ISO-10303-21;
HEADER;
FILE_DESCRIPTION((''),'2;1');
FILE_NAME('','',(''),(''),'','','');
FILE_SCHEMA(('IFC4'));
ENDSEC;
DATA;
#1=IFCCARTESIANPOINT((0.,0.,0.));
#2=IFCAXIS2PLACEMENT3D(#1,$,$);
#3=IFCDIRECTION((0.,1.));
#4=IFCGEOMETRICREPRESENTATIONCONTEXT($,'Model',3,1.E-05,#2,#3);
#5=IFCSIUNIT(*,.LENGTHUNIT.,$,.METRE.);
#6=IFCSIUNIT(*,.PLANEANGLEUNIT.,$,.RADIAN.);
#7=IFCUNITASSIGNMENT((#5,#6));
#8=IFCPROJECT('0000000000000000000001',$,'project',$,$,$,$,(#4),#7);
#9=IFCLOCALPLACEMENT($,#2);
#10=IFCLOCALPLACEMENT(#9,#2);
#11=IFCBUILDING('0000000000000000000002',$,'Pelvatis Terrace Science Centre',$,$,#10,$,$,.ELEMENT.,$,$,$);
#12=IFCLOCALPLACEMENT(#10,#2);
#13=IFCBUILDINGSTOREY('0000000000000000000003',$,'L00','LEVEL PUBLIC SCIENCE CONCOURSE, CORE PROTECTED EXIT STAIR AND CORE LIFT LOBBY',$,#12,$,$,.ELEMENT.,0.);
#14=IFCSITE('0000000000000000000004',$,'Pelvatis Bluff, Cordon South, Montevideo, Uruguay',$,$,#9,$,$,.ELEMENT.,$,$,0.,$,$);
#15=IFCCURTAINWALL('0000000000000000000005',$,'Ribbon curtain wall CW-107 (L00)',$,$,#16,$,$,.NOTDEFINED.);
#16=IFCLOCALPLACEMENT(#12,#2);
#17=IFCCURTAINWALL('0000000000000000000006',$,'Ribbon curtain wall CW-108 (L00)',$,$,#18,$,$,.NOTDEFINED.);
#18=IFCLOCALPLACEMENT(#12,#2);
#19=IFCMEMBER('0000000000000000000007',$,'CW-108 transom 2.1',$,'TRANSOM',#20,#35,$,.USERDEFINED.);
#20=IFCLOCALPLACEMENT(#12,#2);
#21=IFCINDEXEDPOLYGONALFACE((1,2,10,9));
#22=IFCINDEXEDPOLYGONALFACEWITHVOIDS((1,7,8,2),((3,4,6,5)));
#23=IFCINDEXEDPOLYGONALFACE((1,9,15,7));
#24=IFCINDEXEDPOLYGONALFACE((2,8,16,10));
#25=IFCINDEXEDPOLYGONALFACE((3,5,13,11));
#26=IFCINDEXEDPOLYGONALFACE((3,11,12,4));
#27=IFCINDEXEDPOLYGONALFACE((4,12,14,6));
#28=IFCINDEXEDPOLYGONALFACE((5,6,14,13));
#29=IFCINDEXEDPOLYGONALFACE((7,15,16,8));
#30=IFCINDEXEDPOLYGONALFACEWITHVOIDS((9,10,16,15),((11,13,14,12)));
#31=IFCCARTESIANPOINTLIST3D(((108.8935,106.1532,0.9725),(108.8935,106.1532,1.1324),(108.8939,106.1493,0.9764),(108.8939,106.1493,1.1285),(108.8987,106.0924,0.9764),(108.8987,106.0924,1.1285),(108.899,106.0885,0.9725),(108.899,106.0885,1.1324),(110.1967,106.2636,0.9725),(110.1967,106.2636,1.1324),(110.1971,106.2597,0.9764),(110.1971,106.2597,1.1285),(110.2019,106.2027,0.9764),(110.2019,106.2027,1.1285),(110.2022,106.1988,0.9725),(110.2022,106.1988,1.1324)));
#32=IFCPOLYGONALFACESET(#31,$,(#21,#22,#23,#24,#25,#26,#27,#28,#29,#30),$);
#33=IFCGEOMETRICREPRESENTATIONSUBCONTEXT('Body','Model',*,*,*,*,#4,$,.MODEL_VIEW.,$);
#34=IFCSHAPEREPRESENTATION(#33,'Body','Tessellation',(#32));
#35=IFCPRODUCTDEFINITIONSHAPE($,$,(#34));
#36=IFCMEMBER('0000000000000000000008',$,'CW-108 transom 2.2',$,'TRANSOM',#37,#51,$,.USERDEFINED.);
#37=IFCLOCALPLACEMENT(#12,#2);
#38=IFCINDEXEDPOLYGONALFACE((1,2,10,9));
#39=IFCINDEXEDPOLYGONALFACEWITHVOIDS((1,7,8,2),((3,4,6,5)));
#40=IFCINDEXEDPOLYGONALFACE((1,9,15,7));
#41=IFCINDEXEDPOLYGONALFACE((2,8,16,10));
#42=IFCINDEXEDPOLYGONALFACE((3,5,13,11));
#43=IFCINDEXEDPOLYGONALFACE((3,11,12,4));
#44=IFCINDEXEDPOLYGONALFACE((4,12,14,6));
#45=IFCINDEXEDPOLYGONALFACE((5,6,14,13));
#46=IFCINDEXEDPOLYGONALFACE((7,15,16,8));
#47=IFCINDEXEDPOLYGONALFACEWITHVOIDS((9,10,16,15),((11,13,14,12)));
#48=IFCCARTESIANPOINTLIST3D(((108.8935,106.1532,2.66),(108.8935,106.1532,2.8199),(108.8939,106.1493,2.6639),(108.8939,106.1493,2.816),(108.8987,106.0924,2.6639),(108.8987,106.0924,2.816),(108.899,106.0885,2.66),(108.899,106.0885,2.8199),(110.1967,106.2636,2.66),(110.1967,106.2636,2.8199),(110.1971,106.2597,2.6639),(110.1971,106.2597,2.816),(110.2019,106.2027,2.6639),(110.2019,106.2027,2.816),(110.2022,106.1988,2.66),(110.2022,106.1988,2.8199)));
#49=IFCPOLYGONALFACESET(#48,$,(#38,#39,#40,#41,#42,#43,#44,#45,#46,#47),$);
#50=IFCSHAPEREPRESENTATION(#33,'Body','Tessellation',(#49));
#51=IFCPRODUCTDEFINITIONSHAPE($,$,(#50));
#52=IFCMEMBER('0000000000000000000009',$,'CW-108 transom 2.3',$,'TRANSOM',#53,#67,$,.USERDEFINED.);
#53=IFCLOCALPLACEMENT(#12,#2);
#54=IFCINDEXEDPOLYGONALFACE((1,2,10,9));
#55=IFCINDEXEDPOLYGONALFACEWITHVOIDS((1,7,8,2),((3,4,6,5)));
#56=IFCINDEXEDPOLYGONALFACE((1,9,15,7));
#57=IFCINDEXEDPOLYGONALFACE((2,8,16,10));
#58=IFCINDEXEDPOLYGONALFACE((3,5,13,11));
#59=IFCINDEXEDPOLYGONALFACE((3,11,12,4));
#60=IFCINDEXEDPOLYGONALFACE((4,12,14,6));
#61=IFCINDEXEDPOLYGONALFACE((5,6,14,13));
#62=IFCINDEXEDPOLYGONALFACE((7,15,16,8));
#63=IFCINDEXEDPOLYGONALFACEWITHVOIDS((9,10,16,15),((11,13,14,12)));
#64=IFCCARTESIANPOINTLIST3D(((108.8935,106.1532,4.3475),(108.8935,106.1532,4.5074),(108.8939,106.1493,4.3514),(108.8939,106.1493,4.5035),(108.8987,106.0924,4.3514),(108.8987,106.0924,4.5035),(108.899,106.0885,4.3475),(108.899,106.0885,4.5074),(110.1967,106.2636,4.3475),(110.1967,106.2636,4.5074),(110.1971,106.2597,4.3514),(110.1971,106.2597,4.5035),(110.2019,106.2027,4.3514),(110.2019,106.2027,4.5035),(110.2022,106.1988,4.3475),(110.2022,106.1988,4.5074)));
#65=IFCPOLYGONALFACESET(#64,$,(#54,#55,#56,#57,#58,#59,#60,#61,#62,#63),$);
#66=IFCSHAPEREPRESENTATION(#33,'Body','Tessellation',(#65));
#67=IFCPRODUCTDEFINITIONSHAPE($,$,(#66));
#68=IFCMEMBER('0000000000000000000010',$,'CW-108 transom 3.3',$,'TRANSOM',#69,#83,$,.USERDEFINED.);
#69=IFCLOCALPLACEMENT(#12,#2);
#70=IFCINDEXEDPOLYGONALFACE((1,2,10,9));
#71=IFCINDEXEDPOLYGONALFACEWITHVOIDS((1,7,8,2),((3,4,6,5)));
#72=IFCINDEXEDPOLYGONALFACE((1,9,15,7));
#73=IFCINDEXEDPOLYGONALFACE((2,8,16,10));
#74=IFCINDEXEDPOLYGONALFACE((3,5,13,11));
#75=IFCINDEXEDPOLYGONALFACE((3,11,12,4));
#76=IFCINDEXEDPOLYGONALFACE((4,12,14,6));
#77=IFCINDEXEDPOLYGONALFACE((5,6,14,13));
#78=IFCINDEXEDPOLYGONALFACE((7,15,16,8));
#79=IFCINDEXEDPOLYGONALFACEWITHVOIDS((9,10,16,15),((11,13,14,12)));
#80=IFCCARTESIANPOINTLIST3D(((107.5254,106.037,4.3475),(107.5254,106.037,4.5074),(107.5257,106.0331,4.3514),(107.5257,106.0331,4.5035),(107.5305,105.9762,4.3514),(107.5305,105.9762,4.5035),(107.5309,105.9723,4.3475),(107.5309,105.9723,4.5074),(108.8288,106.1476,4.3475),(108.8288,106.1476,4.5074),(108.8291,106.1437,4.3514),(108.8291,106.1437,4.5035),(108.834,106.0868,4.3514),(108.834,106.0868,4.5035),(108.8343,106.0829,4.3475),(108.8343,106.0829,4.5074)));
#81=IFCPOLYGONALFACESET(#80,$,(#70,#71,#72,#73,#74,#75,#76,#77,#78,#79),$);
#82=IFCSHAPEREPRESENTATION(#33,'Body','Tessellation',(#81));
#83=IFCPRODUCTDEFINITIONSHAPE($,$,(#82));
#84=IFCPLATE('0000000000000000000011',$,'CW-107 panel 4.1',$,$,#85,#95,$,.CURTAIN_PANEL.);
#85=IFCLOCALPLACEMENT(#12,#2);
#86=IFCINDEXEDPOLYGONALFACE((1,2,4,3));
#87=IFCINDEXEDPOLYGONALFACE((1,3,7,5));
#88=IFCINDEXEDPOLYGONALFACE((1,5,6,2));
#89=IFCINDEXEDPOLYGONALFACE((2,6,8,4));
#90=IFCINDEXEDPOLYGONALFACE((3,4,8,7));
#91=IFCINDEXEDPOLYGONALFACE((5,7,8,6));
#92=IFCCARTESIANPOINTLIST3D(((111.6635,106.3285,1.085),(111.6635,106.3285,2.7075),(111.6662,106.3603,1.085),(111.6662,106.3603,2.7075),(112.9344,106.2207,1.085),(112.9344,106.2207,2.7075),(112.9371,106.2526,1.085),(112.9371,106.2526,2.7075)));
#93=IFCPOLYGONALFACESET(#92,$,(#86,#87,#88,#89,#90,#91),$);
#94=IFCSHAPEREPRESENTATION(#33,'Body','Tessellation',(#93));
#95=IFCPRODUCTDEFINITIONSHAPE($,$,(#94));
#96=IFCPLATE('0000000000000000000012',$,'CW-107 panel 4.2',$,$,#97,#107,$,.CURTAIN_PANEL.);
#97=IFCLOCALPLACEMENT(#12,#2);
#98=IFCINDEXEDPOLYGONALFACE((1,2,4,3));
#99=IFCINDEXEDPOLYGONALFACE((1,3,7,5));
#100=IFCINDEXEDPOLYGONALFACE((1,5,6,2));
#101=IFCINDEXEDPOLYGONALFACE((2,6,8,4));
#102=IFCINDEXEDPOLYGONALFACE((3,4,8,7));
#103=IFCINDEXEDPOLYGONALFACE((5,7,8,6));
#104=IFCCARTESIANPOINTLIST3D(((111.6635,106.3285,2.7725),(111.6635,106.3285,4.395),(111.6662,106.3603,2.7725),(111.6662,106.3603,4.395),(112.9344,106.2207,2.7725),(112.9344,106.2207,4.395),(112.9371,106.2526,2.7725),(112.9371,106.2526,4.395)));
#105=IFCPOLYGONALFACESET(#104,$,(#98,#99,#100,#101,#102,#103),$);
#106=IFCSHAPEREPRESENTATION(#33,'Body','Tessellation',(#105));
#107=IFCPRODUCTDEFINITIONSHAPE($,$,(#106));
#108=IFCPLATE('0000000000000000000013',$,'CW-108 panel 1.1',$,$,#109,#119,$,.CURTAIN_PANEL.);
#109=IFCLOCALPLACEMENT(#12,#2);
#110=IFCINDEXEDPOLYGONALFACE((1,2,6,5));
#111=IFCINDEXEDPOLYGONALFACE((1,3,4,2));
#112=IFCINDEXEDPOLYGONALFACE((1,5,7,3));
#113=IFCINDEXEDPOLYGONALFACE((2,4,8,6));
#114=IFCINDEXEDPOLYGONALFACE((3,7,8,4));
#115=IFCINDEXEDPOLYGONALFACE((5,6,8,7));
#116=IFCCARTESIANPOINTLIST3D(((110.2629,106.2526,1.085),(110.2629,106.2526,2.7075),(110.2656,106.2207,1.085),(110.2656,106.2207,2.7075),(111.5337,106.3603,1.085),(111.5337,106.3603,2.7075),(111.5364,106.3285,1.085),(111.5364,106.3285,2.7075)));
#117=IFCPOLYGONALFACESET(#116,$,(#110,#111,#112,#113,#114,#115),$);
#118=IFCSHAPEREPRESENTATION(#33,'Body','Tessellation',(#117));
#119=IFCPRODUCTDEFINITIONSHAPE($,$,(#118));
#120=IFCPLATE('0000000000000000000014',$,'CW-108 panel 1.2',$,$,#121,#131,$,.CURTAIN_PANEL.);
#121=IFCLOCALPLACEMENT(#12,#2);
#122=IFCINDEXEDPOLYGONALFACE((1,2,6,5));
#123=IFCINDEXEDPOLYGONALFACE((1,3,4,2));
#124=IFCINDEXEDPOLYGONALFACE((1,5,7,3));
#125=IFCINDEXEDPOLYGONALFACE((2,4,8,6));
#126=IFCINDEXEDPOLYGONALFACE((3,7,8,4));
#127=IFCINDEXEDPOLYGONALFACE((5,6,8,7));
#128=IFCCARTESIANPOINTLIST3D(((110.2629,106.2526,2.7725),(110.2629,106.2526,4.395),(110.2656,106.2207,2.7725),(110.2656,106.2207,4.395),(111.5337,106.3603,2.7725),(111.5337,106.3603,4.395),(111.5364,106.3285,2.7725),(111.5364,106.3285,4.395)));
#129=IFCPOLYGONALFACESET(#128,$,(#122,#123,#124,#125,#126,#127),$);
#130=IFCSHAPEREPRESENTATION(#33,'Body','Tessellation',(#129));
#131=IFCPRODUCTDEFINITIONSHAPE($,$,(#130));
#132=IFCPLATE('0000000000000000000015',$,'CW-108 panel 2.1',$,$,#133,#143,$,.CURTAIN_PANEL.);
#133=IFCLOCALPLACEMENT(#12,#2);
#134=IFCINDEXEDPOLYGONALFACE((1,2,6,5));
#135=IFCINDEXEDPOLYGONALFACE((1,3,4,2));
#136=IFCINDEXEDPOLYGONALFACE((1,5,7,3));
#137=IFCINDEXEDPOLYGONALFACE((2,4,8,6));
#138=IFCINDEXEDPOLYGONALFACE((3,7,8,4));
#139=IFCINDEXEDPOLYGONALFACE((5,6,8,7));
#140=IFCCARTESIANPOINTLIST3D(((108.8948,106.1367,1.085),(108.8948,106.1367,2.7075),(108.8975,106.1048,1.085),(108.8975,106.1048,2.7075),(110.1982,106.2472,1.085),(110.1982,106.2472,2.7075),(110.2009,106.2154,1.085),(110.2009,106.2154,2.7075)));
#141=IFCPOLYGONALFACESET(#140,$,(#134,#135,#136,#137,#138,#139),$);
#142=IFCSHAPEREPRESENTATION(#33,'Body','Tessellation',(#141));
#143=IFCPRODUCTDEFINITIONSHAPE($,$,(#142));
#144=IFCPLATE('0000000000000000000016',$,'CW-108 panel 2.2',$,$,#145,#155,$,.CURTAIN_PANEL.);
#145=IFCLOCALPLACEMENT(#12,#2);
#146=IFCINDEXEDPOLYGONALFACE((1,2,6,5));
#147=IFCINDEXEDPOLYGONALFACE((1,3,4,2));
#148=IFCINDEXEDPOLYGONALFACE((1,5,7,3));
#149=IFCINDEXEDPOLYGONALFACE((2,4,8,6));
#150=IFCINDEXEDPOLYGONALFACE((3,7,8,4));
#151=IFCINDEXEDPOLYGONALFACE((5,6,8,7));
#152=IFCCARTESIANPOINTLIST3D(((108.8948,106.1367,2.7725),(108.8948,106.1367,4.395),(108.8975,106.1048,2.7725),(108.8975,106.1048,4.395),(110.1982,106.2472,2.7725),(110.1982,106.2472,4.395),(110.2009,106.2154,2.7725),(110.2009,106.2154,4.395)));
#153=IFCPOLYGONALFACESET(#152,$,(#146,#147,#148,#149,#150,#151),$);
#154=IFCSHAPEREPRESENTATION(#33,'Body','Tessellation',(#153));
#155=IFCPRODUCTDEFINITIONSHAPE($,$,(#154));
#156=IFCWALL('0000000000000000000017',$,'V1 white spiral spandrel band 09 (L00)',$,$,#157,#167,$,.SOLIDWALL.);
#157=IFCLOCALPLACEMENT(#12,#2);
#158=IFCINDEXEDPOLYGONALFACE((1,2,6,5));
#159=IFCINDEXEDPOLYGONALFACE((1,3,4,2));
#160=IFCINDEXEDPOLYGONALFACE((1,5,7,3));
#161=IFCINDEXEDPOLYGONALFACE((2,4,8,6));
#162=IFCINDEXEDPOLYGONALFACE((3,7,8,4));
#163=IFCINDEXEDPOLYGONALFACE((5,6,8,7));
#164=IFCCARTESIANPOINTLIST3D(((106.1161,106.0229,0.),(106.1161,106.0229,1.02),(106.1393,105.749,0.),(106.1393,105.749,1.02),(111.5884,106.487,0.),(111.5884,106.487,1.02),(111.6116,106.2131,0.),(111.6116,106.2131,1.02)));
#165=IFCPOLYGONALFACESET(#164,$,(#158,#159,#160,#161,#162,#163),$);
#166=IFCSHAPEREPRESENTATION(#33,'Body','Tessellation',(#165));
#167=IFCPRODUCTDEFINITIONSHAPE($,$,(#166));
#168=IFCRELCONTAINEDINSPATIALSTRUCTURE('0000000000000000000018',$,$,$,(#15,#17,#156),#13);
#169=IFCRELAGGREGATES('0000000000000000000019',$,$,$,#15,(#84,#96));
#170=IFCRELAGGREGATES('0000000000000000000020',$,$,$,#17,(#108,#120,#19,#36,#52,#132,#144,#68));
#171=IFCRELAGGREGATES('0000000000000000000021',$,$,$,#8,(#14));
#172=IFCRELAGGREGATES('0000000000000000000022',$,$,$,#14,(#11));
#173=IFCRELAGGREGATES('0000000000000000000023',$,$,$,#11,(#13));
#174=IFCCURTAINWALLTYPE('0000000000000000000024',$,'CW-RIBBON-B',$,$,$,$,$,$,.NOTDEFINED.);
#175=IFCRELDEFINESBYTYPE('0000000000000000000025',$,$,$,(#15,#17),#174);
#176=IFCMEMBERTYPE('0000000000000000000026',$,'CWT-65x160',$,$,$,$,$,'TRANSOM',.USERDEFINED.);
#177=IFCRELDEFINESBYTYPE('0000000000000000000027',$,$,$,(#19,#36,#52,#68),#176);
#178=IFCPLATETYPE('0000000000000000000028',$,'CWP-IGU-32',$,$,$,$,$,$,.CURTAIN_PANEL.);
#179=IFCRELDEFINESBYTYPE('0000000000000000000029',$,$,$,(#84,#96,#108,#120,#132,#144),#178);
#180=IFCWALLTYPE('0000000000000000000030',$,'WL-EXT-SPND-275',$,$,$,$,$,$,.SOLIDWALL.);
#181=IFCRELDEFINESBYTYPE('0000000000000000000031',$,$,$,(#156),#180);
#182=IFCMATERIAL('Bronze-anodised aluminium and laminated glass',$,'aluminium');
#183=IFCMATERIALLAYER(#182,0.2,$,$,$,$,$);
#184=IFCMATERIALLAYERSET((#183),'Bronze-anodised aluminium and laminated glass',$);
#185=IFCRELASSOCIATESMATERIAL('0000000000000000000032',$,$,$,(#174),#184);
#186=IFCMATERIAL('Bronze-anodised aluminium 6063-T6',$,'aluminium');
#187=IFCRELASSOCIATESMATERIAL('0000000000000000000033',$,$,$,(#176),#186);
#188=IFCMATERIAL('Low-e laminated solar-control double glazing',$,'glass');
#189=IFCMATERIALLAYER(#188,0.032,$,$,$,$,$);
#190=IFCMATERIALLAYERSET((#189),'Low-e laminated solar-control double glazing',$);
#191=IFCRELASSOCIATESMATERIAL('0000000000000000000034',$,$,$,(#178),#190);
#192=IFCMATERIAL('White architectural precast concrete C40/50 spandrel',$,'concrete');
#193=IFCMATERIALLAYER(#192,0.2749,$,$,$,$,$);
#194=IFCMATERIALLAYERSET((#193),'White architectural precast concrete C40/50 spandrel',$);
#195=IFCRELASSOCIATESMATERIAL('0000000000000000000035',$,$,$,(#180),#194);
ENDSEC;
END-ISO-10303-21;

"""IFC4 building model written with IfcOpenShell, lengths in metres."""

from ifc_helpers import new_model, si_unit, direction, frame, frame_2d, origin, origin_2d, place, context, subcontext, project, spatial, rectangle, hollow_rectangle, extrude, material, layer, layer_set, material_profile, profile_set, type_object, element, aggregate, save


model = new_model("IFC4")

# Units and contexts
model_context = context("Model", 3, precision=1e-05, world=origin(), true_north=direction((0.0, 1.0)))
body_context = subcontext(model_context, "Body", "Model", "MODEL_VIEW")
ifc_project = project(units=[si_unit("LENGTHUNIT", "METRE"), si_unit("PLANEANGLEUNIT", "RADIAN")], contexts=[model_context])

# Site, building, storey
site_placement = place(None, origin())
site = spatial("IfcSite", under=ifc_project, at=site_placement, Name="Pelvatis Bluff, Cordon South, Montevideo, Uruguay", CompositionType="ELEMENT", RefElevation=0.0)
building_placement = place(site_placement, origin())
building = spatial("IfcBuilding", under=site, at=building_placement, Name="Pelvatis Terrace Science Centre", CompositionType="ELEMENT")
storey_placement = place(building_placement, origin())
storey = spatial("IfcBuildingStorey", under=building, at=storey_placement, Name="L00", Description="LEVEL PUBLIC SCIENCE CONCOURSE, CORE PROTECTED EXIT STAIR AND CORE LIFT LOBBY", CompositionType="ELEMENT", Elevation=0.0)

# Curtain wall
ifc_material_1 = material(Name="Bronze-anodised aluminium and laminated glass", Category="aluminium")
ifc_layer_1 = layer(ifc_material_1, 0.2)
ifc_layer_set_1 = layer_set([ifc_layer_1], Name="Bronze-anodised aluminium and laminated glass")
curtain_wall_type = type_object("IfcCurtainWallType", Name="CW-RIBBON-B", PredefinedType="NOTDEFINED", material=ifc_layer_set_1)
curtain_wall_1_placement = place(storey_placement, origin())
curtain_wall_1 = element("IfcCurtainWall", 1, at=curtain_wall_1_placement, inside=storey, type_object=curtain_wall_type, Name="Ribbon curtain wall CW-107 (L00)", PredefinedType="NOTDEFINED")

# Curtain wall
curtain_wall_2_placement = place(storey_placement, origin())
curtain_wall_2 = element("IfcCurtainWall", 2, at=curtain_wall_2_placement, inside=storey, type_object=curtain_wall_type, Name="Ribbon curtain wall CW-108 (L00)", PredefinedType="NOTDEFINED")

# Members
ifc_material_2 = material(Name="Bronze-anodised aluminium 6063-T6", Category="aluminium")
ifc_material_profile_1 = material_profile(ifc_material_2, hollow_rectangle(XDim=0.0649, YDim=0.1599, WallThickness=0.0039, at=origin_2d()), Name="ALU-TRN 65x160")
ifc_profile_set_1 = profile_set([ifc_material_profile_1], Name="Bronze-anodised aluminium 6063-T6")
member_type_1 = type_object("IfcMemberType", Name="CWT-65x160", ElementType="TRANSOM", PredefinedType="USERDEFINED", material=ifc_profile_set_1)
member_1_placement = place(storey_placement, frame((110.1995, 106.2312, 1.0525), z_axis=(-0.996434, -0.084374, 0.0), x_axis=(0.084374, -0.996434, 0.0)))
member_1 = element("IfcMember", 3, at=member_1_placement, type_object=member_type_1, Name="CW-108 transom 2.1", ObjectType="TRANSOM", PredefinedType="USERDEFINED", context=body_context, shape_type="SweptSolid", body=[
    extrude(hollow_rectangle(XDim=0.0649, YDim=0.1599, WallThickness=0.0039, at=origin_2d()), origin(), (0.0, 0.0, 1.0), 1.3079),
])
member_2_placement = place(storey_placement, frame((110.1995, 106.2312, 2.74), z_axis=(-0.996434, -0.084374, 0.0), x_axis=(0.084374, -0.996434, 0.0)))
member_2 = element("IfcMember", 4, at=member_2_placement, type_object=member_type_1, Name="CW-108 transom 2.2", ObjectType="TRANSOM", PredefinedType="USERDEFINED", context=body_context, shape_type="SweptSolid", body=[
    extrude(hollow_rectangle(XDim=0.0649, YDim=0.1599, WallThickness=0.0039, at=origin_2d()), origin(), (0.0, 0.0, 1.0), 1.3079),
])
member_3_placement = place(storey_placement, frame((110.1995, 106.2312, 4.4275), z_axis=(-0.996434, -0.084374, 0.0), x_axis=(0.084374, -0.996434, 0.0)))
member_3 = element("IfcMember", 5, at=member_3_placement, type_object=member_type_1, Name="CW-108 transom 2.3", ObjectType="TRANSOM", PredefinedType="USERDEFINED", context=body_context, shape_type="SweptSolid", body=[
    extrude(hollow_rectangle(XDim=0.0649, YDim=0.1599, WallThickness=0.0039, at=origin_2d()), origin(), (0.0, 0.0, 1.0), 1.3079),
])
member_4_placement = place(storey_placement, frame((108.8315, 106.1152, 4.4275), z_axis=(-0.99642, -0.084544, 0.0), x_axis=(0.084544, -0.99642, 0.0)))
member_4 = element("IfcMember", 6, at=member_4_placement, type_object=member_type_1, Name="CW-108 transom 3.3", ObjectType="TRANSOM", PredefinedType="USERDEFINED", context=body_context, shape_type="SweptSolid", body=[
    extrude(hollow_rectangle(XDim=0.0649, YDim=0.1599, WallThickness=0.0039, at=origin_2d()), origin(), (0.0, 0.0, 1.0), 1.3081),
])

# Plates
ifc_material_3 = material(Name="Low-e laminated solar-control double glazing", Category="glass")
ifc_layer_2 = layer(ifc_material_3, 0.032)
ifc_layer_set_2 = layer_set([ifc_layer_2], Name="Low-e laminated solar-control double glazing")
plate_type = type_object("IfcPlateType", Name="CWP-IGU-32", PredefinedType="CURTAIN_PANEL", material=ifc_layer_set_2)
plate_1_placement = place(storey_placement, frame((112.3003, 106.2905, 1.085), z_axis=(0.0, 0.0, 1.0), x_axis=(-0.996425, 0.084488, 0.0)))
plate_1 = element("IfcPlate", 7, at=plate_1_placement, type_object=plate_type, Name="CW-107 panel 4.1", PredefinedType="CURTAIN_PANEL", context=body_context, shape_type="SweptSolid", body=[
    extrude(rectangle(XDim=1.2754, YDim=0.032, at=origin_2d()), origin(), (0.0, 0.0, 1.0), 1.6226),
])
plate_2_placement = place(storey_placement, frame((112.3003, 106.2905, 2.7725), z_axis=(0.0, 0.0, 1.0), x_axis=(-0.996425, 0.084488, 0.0)))
plate_2 = element("IfcPlate", 8, at=plate_2_placement, type_object=plate_type, Name="CW-107 panel 4.2", PredefinedType="CURTAIN_PANEL", context=body_context, shape_type="SweptSolid", body=[
    extrude(rectangle(XDim=1.2754, YDim=0.032, at=origin_2d()), origin(), (0.0, 0.0, 1.0), 1.6226),
])
aggregate(curtain_wall_1, [plate_1, plate_2])
plate_3_placement = place(storey_placement, frame((110.8997, 106.2905, 1.085), z_axis=(0.0, 0.0, 1.0), x_axis=(-0.996425, -0.084488, 0.0)))
plate_3 = element("IfcPlate", 9, at=plate_3_placement, type_object=plate_type, Name="CW-108 panel 1.1", PredefinedType="CURTAIN_PANEL", context=body_context, shape_type="SweptSolid", body=[
    extrude(rectangle(XDim=1.2754, YDim=0.032, at=origin_2d()), origin(), (0.0, 0.0, 1.0), 1.6226),
])
plate_4_placement = place(storey_placement, frame((110.8997, 106.2905, 2.7725), z_axis=(0.0, 0.0, 1.0), x_axis=(-0.996425, -0.084488, 0.0)))
plate_4 = element("IfcPlate", 10, at=plate_4_placement, type_object=plate_type, Name="CW-108 panel 1.2", PredefinedType="CURTAIN_PANEL", context=body_context, shape_type="SweptSolid", body=[
    extrude(rectangle(XDim=1.2754, YDim=0.032, at=origin_2d()), origin(), (0.0, 0.0, 1.0), 1.6226),
])
plate_5_placement = place(storey_placement, frame((109.5479, 106.176, 1.085), z_axis=(0.0, 0.0, 1.0), x_axis=(-0.996425, -0.084488, 0.0)))
plate_5 = element("IfcPlate", 11, at=plate_5_placement, type_object=plate_type, Name="CW-108 panel 2.1", PredefinedType="CURTAIN_PANEL", context=body_context, shape_type="SweptSolid", body=[
    extrude(rectangle(XDim=1.3081, YDim=0.032, at=origin_2d()), origin(), (0.0, 0.0, 1.0), 1.6226),
])
plate_6_placement = place(storey_placement, frame((109.5479, 106.176, 2.7725), z_axis=(0.0, 0.0, 1.0), x_axis=(-0.996425, -0.084488, 0.0)))
plate_6 = element("IfcPlate", 12, at=plate_6_placement, type_object=plate_type, Name="CW-108 panel 2.2", PredefinedType="CURTAIN_PANEL", context=body_context, shape_type="SweptSolid", body=[
    extrude(rectangle(XDim=1.3081, YDim=0.032, at=origin_2d()), origin(), (0.0, 0.0, 1.0), 1.6226),
])
aggregate(curtain_wall_2, [plate_3, plate_4, member_1, member_2, member_3, plate_5, plate_6, member_4])

# Wall
ifc_material_4 = material(Name="White architectural precast concrete C40/50 spandrel", Category="concrete")
ifc_layer_3 = layer(ifc_material_4, 0.2749)
ifc_layer_set_3 = layer_set([ifc_layer_3], Name="White architectural precast concrete C40/50 spandrel")
wall_type = type_object("IfcWallType", Name="WL-EXT-SPND-275", PredefinedType="SOLIDWALL", material=ifc_layer_set_3)
wall_placement = place(storey_placement, frame((111.6001, 106.3501, 0.0), z_axis=(0.0, 0.0, 1.0), x_axis=(-0.996423, -0.084506, 0.0)))
element("IfcWall", 13, at=wall_placement, inside=storey, type_object=wall_type, Name="V1 white spiral spandrel band 09 (L00)", PredefinedType="SOLIDWALL", context=body_context, shape_type="SweptSolid", body=[
    extrude(rectangle(XDim=5.4919, YDim=0.2749, at=frame_2d((2.7461, 0.0))), origin(), (0.0, 0.0, 1.0), 1.02),
])

save(model, "model.ifc")
